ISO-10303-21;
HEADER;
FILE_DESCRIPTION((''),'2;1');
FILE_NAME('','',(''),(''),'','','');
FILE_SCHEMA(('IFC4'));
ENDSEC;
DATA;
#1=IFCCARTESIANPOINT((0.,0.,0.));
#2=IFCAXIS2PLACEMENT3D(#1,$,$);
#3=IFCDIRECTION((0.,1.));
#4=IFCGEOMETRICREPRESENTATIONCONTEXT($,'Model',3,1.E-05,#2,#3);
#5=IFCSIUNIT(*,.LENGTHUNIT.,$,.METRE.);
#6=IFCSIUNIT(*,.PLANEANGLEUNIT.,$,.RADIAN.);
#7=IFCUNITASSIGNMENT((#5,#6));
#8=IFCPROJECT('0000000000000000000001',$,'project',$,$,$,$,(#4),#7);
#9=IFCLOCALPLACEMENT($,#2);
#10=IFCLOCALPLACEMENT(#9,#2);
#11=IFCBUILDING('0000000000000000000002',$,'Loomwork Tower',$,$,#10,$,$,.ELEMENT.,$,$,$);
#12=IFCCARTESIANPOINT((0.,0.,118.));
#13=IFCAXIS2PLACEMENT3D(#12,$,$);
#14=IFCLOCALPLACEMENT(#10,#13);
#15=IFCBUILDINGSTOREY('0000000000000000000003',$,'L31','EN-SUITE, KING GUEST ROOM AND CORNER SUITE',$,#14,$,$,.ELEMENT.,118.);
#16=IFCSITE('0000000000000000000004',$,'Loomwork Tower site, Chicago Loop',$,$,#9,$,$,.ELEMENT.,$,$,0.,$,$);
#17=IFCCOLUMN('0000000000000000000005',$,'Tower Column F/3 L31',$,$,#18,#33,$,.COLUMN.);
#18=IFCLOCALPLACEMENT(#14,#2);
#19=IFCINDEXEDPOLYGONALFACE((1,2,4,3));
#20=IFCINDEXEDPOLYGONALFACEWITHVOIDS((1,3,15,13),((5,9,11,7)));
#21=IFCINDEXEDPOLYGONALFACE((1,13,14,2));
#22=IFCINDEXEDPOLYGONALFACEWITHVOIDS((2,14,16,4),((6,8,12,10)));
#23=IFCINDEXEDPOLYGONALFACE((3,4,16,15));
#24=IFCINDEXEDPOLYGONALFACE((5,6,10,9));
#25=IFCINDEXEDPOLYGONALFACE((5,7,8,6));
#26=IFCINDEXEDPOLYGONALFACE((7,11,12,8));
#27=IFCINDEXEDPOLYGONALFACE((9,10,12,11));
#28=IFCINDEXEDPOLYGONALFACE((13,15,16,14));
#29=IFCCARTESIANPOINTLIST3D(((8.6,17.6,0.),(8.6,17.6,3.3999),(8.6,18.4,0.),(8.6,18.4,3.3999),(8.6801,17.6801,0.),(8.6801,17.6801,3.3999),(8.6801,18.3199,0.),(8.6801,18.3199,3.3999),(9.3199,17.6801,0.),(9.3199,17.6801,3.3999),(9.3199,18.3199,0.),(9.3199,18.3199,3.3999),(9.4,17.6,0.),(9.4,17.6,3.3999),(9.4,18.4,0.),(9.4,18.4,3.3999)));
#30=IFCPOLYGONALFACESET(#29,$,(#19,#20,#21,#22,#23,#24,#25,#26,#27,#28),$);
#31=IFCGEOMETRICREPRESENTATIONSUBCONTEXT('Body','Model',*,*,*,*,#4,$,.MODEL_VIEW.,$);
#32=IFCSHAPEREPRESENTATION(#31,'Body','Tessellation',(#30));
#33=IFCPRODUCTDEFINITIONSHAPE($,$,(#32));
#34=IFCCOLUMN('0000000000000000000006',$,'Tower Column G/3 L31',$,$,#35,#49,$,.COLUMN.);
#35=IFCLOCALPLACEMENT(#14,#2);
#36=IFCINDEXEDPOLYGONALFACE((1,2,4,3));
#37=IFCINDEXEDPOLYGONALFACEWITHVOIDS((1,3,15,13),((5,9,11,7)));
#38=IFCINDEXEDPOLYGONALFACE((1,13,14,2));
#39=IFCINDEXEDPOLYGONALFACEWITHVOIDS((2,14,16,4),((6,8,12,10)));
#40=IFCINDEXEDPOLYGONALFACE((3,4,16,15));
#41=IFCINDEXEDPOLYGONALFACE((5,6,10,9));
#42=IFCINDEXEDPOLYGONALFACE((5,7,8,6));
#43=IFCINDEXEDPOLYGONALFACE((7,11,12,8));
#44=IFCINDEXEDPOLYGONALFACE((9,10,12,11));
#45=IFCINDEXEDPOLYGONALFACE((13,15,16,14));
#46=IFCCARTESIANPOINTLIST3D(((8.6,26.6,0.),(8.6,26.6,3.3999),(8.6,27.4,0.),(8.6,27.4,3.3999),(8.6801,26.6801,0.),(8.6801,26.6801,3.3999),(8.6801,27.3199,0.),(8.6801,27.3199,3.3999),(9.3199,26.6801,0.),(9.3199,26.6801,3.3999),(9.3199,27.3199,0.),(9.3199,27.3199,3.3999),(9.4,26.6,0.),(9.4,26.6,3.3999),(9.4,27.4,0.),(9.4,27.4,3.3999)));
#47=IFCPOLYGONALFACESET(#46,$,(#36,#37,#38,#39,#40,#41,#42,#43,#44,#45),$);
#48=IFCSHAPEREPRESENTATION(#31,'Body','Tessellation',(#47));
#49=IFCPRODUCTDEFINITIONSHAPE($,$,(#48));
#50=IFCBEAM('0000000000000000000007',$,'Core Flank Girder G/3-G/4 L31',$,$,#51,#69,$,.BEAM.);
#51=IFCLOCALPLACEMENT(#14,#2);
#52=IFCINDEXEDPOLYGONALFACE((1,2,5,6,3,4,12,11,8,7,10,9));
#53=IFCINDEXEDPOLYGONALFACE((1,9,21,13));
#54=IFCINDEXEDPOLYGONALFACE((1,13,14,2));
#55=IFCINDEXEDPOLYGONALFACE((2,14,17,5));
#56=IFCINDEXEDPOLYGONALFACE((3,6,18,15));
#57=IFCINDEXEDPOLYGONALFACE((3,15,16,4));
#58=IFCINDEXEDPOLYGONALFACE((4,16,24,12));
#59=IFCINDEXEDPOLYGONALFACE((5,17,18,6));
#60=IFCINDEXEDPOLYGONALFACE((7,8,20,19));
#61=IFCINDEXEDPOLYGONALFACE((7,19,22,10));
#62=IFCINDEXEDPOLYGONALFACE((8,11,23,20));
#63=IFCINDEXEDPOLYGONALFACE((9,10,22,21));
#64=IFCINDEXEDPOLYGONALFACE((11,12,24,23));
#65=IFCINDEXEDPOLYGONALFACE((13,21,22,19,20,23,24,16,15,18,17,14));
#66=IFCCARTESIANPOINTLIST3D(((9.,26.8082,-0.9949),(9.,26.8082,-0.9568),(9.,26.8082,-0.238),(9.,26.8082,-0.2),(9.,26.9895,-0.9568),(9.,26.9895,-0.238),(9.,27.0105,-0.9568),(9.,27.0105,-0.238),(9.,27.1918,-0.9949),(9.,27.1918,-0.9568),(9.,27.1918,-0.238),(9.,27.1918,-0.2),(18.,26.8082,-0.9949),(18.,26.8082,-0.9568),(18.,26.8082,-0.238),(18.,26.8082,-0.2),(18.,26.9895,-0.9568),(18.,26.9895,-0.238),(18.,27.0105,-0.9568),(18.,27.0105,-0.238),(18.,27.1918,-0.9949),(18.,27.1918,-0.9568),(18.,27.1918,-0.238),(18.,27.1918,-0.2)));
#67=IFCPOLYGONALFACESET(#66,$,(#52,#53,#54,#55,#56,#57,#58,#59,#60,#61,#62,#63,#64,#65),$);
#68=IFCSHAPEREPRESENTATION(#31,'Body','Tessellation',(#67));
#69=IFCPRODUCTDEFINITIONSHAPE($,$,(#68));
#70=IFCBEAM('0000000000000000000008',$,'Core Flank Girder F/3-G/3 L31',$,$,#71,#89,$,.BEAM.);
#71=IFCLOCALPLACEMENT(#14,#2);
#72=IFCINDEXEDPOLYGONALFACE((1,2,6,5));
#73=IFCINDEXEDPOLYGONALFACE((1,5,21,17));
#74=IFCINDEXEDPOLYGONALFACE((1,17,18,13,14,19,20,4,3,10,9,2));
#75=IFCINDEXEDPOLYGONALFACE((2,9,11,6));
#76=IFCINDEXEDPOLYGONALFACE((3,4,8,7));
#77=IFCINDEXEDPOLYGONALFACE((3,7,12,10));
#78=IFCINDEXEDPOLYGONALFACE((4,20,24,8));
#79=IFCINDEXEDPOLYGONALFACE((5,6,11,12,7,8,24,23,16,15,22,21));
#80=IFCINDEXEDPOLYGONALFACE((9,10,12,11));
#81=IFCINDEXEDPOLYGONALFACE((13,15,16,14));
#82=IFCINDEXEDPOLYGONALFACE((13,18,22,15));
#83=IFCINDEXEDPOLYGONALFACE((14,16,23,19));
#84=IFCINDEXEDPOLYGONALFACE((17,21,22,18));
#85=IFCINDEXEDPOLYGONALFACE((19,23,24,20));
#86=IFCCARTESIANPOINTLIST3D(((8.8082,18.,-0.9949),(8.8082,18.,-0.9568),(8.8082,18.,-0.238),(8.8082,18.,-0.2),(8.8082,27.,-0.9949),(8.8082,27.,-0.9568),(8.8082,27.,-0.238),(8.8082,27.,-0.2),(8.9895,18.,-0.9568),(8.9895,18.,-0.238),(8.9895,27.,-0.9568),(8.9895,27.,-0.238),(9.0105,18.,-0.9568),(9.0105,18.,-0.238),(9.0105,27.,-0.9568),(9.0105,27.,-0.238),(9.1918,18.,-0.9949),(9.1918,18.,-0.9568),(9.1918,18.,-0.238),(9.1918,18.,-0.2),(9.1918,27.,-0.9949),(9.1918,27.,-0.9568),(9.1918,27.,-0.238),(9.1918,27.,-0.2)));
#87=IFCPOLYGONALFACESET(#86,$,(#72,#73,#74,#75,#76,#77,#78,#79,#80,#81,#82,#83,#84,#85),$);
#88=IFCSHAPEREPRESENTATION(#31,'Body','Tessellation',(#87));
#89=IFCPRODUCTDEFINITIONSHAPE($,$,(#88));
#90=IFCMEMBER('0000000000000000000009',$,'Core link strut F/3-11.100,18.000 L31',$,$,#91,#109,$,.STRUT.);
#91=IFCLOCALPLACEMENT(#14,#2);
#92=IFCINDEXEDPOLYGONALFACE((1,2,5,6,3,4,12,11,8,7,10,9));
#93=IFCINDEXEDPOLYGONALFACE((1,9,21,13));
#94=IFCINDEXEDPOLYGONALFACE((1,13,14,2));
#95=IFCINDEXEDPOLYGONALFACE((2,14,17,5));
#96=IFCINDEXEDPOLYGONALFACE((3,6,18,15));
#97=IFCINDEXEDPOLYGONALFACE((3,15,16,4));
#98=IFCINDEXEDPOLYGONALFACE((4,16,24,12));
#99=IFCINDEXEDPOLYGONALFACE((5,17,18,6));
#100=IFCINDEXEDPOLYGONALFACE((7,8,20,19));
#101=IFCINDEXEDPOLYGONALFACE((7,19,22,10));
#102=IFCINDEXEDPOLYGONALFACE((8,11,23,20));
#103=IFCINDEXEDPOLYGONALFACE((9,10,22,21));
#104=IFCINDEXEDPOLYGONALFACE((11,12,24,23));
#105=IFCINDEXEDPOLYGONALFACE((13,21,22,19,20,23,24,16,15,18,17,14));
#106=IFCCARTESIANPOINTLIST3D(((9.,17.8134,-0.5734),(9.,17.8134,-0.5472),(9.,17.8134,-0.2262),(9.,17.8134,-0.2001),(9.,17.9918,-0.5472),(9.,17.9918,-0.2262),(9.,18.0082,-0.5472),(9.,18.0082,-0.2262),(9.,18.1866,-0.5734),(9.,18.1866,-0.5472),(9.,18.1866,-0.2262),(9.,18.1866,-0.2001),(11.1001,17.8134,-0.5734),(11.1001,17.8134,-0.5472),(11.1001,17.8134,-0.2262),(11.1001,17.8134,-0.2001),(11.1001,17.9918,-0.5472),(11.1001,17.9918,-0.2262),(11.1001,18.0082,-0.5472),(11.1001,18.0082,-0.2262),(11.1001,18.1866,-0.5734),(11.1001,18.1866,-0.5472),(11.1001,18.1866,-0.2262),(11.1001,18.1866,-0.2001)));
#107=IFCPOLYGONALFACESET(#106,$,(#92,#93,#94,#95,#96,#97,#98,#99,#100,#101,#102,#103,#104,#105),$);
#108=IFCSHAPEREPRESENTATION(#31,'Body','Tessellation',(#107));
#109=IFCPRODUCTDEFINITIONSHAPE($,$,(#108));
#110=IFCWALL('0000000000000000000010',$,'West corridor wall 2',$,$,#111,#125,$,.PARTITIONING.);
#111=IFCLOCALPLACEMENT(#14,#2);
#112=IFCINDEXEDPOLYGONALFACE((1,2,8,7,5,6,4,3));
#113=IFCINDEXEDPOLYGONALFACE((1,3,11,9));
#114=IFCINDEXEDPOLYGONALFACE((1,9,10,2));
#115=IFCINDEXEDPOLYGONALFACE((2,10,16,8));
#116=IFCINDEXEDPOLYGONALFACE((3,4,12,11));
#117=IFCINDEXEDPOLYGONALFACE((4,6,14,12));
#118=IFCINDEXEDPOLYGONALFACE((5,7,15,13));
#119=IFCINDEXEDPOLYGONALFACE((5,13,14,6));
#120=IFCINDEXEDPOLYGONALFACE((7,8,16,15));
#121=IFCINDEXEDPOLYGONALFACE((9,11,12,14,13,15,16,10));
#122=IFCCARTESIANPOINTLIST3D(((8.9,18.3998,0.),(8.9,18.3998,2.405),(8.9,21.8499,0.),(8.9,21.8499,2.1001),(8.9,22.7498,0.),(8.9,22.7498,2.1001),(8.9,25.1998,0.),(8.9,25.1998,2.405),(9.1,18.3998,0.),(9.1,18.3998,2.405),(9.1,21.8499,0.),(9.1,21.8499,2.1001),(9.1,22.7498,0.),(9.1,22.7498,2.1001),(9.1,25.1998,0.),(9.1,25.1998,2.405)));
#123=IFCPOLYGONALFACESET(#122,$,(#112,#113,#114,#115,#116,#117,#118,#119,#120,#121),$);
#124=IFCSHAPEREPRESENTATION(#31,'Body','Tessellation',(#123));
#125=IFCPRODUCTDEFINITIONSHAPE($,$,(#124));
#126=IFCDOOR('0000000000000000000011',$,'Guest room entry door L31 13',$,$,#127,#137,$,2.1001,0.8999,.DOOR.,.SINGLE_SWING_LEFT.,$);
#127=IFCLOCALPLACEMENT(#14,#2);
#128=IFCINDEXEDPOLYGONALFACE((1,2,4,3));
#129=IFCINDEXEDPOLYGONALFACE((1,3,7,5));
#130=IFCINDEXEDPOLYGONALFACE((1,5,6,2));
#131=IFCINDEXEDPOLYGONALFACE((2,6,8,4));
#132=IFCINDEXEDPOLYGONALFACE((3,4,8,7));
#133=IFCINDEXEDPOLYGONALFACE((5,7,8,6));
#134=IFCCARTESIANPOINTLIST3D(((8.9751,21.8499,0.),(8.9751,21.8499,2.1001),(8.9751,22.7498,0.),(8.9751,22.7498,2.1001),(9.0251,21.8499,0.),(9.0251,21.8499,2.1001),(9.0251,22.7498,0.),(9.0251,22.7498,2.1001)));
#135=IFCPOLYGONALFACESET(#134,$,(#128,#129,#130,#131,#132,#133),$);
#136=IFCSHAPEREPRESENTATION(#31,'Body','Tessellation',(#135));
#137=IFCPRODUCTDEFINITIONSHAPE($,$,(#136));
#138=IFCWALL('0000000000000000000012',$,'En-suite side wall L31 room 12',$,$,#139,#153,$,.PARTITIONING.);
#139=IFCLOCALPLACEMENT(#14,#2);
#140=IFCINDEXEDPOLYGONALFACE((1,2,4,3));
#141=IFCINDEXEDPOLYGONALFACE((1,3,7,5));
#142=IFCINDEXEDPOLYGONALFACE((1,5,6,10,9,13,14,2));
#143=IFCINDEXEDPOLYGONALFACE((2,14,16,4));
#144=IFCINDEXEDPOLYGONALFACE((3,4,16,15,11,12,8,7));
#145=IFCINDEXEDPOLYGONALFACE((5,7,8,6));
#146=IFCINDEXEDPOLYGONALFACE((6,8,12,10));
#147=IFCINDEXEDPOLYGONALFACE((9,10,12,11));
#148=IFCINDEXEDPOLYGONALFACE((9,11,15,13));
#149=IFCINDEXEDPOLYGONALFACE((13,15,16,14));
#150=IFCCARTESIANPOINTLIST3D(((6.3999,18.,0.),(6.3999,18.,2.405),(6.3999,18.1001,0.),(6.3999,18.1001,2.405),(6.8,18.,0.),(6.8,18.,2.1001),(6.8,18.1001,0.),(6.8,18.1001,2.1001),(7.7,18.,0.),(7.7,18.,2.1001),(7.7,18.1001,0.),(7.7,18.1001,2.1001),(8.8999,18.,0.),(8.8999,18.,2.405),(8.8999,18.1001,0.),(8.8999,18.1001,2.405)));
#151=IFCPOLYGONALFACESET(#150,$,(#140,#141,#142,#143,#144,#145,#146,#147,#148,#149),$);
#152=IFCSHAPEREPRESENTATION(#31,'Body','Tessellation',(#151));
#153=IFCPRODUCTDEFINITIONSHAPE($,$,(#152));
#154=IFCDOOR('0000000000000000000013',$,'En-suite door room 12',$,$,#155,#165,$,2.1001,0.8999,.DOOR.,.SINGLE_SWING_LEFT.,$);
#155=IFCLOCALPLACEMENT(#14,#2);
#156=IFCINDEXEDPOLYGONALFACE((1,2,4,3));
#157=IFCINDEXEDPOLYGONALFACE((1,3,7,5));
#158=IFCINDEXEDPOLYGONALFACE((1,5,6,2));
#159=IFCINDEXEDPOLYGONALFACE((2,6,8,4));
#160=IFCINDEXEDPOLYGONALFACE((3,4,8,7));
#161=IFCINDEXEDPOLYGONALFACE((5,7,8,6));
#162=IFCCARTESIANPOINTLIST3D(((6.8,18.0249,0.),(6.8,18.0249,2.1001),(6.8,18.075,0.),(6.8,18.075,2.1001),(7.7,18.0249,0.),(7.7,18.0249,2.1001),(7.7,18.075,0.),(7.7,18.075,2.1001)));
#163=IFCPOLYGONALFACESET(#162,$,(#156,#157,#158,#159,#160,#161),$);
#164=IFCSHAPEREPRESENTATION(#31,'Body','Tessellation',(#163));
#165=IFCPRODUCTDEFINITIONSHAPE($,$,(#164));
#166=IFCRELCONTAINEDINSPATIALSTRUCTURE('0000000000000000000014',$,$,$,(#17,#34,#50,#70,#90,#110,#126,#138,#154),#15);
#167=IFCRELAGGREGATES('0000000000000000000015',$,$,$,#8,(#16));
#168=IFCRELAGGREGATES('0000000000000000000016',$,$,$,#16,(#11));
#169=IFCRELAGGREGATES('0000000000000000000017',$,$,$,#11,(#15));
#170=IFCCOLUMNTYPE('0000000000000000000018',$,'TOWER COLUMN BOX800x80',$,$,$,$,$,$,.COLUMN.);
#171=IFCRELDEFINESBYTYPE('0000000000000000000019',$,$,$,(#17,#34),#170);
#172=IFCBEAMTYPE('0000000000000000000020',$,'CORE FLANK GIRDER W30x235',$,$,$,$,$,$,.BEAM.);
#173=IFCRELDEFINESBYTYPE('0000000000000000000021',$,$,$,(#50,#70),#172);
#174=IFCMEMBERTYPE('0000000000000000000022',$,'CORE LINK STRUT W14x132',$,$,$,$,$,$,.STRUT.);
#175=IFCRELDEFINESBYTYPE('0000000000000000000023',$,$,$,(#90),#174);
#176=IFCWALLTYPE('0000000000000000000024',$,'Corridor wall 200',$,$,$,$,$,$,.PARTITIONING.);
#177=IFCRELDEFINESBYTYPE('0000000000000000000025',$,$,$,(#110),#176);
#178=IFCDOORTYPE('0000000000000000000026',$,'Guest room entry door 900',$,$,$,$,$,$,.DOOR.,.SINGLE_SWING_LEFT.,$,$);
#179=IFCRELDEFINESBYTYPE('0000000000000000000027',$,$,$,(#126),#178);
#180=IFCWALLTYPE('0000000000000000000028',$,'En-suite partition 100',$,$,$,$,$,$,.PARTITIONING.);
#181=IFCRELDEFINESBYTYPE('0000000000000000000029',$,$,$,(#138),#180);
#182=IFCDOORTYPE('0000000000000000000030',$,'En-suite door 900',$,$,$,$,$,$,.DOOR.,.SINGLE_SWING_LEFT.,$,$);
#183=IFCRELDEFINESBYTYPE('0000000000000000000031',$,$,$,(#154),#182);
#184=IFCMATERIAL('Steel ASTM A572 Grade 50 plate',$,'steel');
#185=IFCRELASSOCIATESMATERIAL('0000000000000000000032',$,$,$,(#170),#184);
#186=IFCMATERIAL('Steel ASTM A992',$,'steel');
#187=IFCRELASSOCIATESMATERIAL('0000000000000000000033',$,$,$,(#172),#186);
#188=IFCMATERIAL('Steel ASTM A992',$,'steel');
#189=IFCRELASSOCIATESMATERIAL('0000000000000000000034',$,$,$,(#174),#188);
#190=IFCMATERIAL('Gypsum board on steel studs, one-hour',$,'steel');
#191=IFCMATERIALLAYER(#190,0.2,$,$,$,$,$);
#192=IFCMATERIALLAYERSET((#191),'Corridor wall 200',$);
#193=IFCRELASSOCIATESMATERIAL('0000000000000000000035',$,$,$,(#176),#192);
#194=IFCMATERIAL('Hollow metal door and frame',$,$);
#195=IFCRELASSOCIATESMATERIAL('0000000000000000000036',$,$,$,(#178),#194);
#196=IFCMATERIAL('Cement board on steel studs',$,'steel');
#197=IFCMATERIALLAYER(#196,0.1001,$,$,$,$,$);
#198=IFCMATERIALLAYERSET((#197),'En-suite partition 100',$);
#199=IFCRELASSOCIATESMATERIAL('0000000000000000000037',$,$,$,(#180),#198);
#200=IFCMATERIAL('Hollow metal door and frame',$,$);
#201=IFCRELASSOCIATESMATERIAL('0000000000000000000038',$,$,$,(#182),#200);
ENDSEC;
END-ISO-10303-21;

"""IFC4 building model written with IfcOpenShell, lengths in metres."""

from ifc_helpers import new_model, si_unit, direction, frame, frame_2d, origin, origin_2d, place, context, subcontext, project, spatial, rectangle, hollow_rectangle, i_section, extrude, material, layer, layer_set, material_profile, profile_set, type_object, element, fill, save


model = new_model("IFC4")

# Units and contexts
model_context = context("Model", 3, precision=1e-05, world=origin(), true_north=direction((0.0, 1.0)))
body_context = subcontext(model_context, "Body", "Model", "MODEL_VIEW")
ifc_project = project(units=[si_unit("LENGTHUNIT", "METRE"), si_unit("PLANEANGLEUNIT", "RADIAN")], contexts=[model_context])

# Site, building, storey
site_placement = place(None, origin())
site = spatial("IfcSite", under=ifc_project, at=site_placement, Name="Loomwork Tower site, Chicago Loop", CompositionType="ELEMENT", RefElevation=0.0)
building_placement = place(site_placement, origin())
building = spatial("IfcBuilding", under=site, at=building_placement, Name="Loomwork Tower", CompositionType="ELEMENT")
storey_placement = place(building_placement, frame((0.0, 0.0, 118.0)))
storey = spatial("IfcBuildingStorey", under=building, at=storey_placement, Name="L31", Description="EN-SUITE, KING GUEST ROOM AND CORNER SUITE", CompositionType="ELEMENT", Elevation=118.0)

# Columns
ifc_material_1 = material(Name="Steel ASTM A572 Grade 50 plate", Category="steel")
ifc_material_profile_1 = material_profile(ifc_material_1, hollow_rectangle(XDim=0.8, YDim=0.8, WallThickness=0.0801, at=origin_2d()), Name="BOX800x80")
ifc_profile_set_1 = profile_set([ifc_material_profile_1], Name="Steel ASTM A572 Grade 50 plate")
column_type = type_object("IfcColumnType", Name="TOWER COLUMN BOX800x80", PredefinedType="COLUMN", material=ifc_profile_set_1)
for number, where, z_axis, x_axis, name in (
    (1, (9.0, 18.0, 0.0), (0.0, 0.0, 1.0), (1.0, 0.0, 0.0), "Tower Column F/3 L31"),
    (2, (9.0, 27.0, 0.0), (0.0, 0.0, 1.0), (1.0, 0.0, 0.0), "Tower Column G/3 L31"),
):
    element("IfcColumn", number, at=place(storey_placement, frame(where, z_axis=z_axis, x_axis=x_axis)), inside=storey, type_object=column_type, Name=name, PredefinedType="COLUMN", context=body_context, shape_type="SweptSolid", body=[
        extrude(hollow_rectangle(XDim=0.8, YDim=0.8, WallThickness=0.0801, at=origin_2d()), origin(), (0.0, 0.0, 1.0), 3.3999),
    ])

# Beams
ifc_material_2 = material(Name="Steel ASTM A992", Category="steel")
ifc_material_profile_2 = material_profile(ifc_material_2, i_section(OverallWidth=0.3835, OverallDepth=0.7949, WebThickness=0.021, FlangeThickness=0.0381, at=origin_2d()), Name="W30x235")
ifc_profile_set_2 = profile_set([ifc_material_profile_2], Name="Steel ASTM A992")
beam_type = type_object("IfcBeamType", Name="CORE FLANK GIRDER W30x235", PredefinedType="BEAM", material=ifc_profile_set_2)
for number, where, z_axis, x_axis, name in (
    (3, (9.0, 27.0, -0.5974), (1.0, 0.0, 0.0), (0.0, 1.0, 0.0), "Core Flank Girder G/3-G/4 L31"),
    (4, (9.0, 18.0, -0.5974), (0.0, 1.0, 0.0), (-1.0, 0.0, 0.0), "Core Flank Girder F/3-G/3 L31"),
):
    element("IfcBeam", number, at=place(storey_placement, frame(where, z_axis=z_axis, x_axis=x_axis)), inside=storey, type_object=beam_type, Name=name, PredefinedType="BEAM", context=body_context, shape_type="SweptSolid", body=[
        extrude(i_section(OverallWidth=0.3835, OverallDepth=0.7949, WebThickness=0.021, FlangeThickness=0.0381, at=origin_2d()), origin(), (0.0, 0.0, 1.0), 9.0),
    ])

# Member
ifc_material_3 = material(Name="Steel ASTM A992", Category="steel")
ifc_material_profile_3 = material_profile(ifc_material_3, i_section(OverallWidth=0.3733, OverallDepth=0.3733, WebThickness=0.0164, FlangeThickness=0.0261, at=origin_2d()), Name="W14x132")
ifc_profile_set_3 = profile_set([ifc_material_profile_3], Name="Steel ASTM A992")
member_type = type_object("IfcMemberType", Name="CORE LINK STRUT W14x132", PredefinedType="STRUT", material=ifc_profile_set_3)
member_placement = place(storey_placement, frame((9.0, 18.0, -0.3867), z_axis=(1.0, 0.0, 0.0), x_axis=(0.0, 1.0, 0.0)))
element("IfcMember", 5, at=member_placement, inside=storey, type_object=member_type, Name="Core link strut F/3-11.100,18.000 L31", PredefinedType="STRUT", context=body_context, shape_type="SweptSolid", body=[
    extrude(i_section(OverallWidth=0.3733, OverallDepth=0.3733, WebThickness=0.0164, FlangeThickness=0.0261, at=origin_2d()), origin(), (0.0, 0.0, 1.0), 2.1001),
])

# Walls, openings, doors
ifc_material_4 = material(Name="Gypsum board on steel studs, one-hour", Category="steel")
ifc_layer_1 = layer(ifc_material_4, 0.2)
ifc_layer_set_1 = layer_set([ifc_layer_1], Name="Corridor wall 200")
wall_type_1 = type_object("IfcWallType", Name="Corridor wall 200", PredefinedType="PARTITIONING", material=ifc_layer_set_1)
wall_1_placement = place(storey_placement, frame((9.0, 18.3999, 0.0), z_axis=(0.0, 0.0, 1.0), x_axis=(0.0, 1.0, 0.0)))
wall_1 = element("IfcWall", 6, at=wall_1_placement, inside=storey, type_object=wall_type_1, Name="West corridor wall 2", PredefinedType="PARTITIONING", context=body_context, shape_type="SweptSolid", body=[
    extrude(rectangle(XDim=6.8, YDim=0.2, at=frame_2d((3.3999, 0.0))), origin(), (0.0, 0.0, 1.0), 2.405),
])
opening_1_placement = place(wall_1_placement, frame((3.45, 0.0, 0.0)))
opening_1 = element("IfcOpeningElement", 7, at=opening_1_placement, cuts=wall_1, PredefinedType="OPENING", context=body_context, shape_type="SweptSolid", body=[
    extrude(rectangle(XDim=0.8999, YDim=2.1001, at=frame_2d((0.45, 1.05))), frame((0.0, 0.1099, 0.0), z_axis=(0.0, -1.0, 0.0), x_axis=(1.0, 0.0, 0.0)), (0.0, 0.0, 1.0), 0.22),
])
ifc_material_5 = material(Name="Hollow metal door and frame")
door_type_1 = type_object("IfcDoorType", Name="Guest room entry door 900", OperationType="SINGLE_SWING_LEFT", PredefinedType="DOOR", material=ifc_material_5)
door_1_placement = place(opening_1_placement, origin())
door_1 = element("IfcDoor", 8, at=door_1_placement, inside=storey, type_object=door_type_1, Name="Guest room entry door L31 13", OperationType="SINGLE_SWING_LEFT", OverallHeight=2.1001, OverallWidth=0.8999, PredefinedType="DOOR", context=body_context, shape_type="SweptSolid", body=[
    extrude(rectangle(XDim=0.8999, YDim=2.1001, at=frame_2d((0.45, 1.05))), frame((0.0, 0.0249, 0.0), z_axis=(0.0, -1.0, 0.0), x_axis=(1.0, 0.0, 0.0)), (0.0, 0.0, 1.0), 0.05),
])
fill(opening_1, door_1)
ifc_material_6 = material(Name="Cement board on steel studs", Category="steel")
ifc_layer_2 = layer(ifc_material_6, 0.1001)
ifc_layer_set_2 = layer_set([ifc_layer_2], Name="En-suite partition 100")
wall_type_2 = type_object("IfcWallType", Name="En-suite partition 100", PredefinedType="PARTITIONING", material=ifc_layer_set_2)
wall_2_placement = place(storey_placement, frame((8.8999, 18.05, 0.0), z_axis=(0.0, 0.0, 1.0), x_axis=(-1.0, 0.0, 0.0)))
wall_2 = element("IfcWall", 9, at=wall_2_placement, inside=storey, type_object=wall_type_2, Name="En-suite side wall L31 room 12", PredefinedType="PARTITIONING", context=body_context, shape_type="SweptSolid", body=[
    extrude(rectangle(XDim=2.5, YDim=0.1001, at=frame_2d((1.25, 0.0))), origin(), (0.0, 0.0, 1.0), 2.405),
])
opening_2_placement = place(wall_2_placement, frame((1.2, 0.0, 0.0)))
opening_2 = element("IfcOpeningElement", 10, at=opening_2_placement, cuts=wall_2, PredefinedType="OPENING", context=body_context, shape_type="SweptSolid", body=[
    extrude(rectangle(XDim=0.8999, YDim=2.1001, at=frame_2d((0.45, 1.05))), frame((0.0, 0.0601, 0.0), z_axis=(0.0, -1.0, 0.0), x_axis=(1.0, 0.0, 0.0)), (0.0, 0.0, 1.0), 0.1201),
])
ifc_material_7 = material(Name="Hollow metal door and frame")
door_type_2 = type_object("IfcDoorType", Name="En-suite door 900", OperationType="SINGLE_SWING_LEFT", PredefinedType="DOOR", material=ifc_material_7)
door_2_placement = place(opening_2_placement, frame((0.8999, 0.0, 0.0), z_axis=(0.0, 0.0, 1.0), x_axis=(-1.0, 0.0, 0.0)))
door_2 = element("IfcDoor", 11, at=door_2_placement, inside=storey, type_object=door_type_2, Name="En-suite door room 12", OperationType="SINGLE_SWING_LEFT", OverallHeight=2.1001, OverallWidth=0.8999, PredefinedType="DOOR", context=body_context, shape_type="SweptSolid", body=[
    extrude(rectangle(XDim=0.8999, YDim=2.1001, at=frame_2d((0.45, 1.05))), frame((0.0, 0.0249, 0.0), z_axis=(0.0, -1.0, 0.0), x_axis=(1.0, 0.0, 0.0)), (0.0, 0.0, 1.0), 0.05),
])
fill(opening_2, door_2)

save(model, "model.ifc")
